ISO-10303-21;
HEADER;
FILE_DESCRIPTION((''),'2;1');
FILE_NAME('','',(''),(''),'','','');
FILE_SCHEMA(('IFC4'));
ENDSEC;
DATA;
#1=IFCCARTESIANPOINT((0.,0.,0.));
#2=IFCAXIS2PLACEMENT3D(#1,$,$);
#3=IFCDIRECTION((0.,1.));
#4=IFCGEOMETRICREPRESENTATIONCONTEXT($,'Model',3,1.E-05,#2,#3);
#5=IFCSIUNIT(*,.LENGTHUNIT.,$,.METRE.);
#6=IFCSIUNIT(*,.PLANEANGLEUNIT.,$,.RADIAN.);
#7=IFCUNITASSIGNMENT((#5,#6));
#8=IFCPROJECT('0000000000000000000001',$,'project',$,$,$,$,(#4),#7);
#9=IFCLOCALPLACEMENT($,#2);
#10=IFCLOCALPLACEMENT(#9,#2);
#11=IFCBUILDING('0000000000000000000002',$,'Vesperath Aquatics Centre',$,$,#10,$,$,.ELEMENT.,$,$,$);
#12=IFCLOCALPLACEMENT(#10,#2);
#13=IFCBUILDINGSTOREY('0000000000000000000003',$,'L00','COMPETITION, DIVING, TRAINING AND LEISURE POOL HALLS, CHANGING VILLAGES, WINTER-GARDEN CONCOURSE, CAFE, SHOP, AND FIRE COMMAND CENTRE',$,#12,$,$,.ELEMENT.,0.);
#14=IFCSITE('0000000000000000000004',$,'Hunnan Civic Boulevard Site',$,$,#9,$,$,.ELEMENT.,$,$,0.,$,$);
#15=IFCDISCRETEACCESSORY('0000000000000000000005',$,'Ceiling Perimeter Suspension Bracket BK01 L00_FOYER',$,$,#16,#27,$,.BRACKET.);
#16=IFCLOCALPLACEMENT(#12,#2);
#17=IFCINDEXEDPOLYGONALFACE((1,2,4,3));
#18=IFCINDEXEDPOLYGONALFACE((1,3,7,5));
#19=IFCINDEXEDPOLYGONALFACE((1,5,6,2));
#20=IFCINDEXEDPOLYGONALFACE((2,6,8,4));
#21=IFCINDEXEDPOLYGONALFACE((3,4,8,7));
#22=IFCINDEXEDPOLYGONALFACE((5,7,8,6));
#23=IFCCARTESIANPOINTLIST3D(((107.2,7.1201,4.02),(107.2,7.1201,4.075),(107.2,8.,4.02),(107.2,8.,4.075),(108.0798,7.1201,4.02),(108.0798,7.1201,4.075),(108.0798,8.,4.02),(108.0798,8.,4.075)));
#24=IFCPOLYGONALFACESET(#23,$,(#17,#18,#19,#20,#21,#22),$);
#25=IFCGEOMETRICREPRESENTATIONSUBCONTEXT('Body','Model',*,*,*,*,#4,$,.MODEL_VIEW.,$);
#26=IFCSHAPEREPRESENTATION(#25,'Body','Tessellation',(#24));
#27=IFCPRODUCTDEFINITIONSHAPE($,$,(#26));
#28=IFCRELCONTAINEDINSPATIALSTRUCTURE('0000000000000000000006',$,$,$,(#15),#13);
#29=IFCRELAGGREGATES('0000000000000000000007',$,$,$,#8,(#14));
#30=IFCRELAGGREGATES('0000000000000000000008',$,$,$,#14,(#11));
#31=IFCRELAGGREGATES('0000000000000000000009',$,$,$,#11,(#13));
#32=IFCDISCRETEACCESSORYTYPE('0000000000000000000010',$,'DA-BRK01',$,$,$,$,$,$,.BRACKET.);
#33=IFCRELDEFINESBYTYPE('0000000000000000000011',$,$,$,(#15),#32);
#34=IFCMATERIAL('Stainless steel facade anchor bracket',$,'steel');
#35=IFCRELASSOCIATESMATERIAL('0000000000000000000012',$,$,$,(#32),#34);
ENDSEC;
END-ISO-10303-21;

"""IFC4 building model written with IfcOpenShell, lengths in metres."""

from ifc_helpers import new_model, si_unit, direction, frame, origin, origin_2d, place, context, subcontext, project, spatial, rectangle, extrude, material, type_object, element, save


model = new_model("IFC4")

# Units and contexts
model_context = context("Model", 3, precision=1e-05, world=origin(), true_north=direction((0.0, 1.0)))
body_context = subcontext(model_context, "Body", "Model", "MODEL_VIEW")
ifc_project = project(units=[si_unit("LENGTHUNIT", "METRE"), si_unit("PLANEANGLEUNIT", "RADIAN")], contexts=[model_context])

# Site, building, storey
site_placement = place(None, origin())
site = spatial("IfcSite", under=ifc_project, at=site_placement, Name="Hunnan Civic Boulevard Site", CompositionType="ELEMENT", RefElevation=0.0)
building_placement = place(site_placement, origin())
building = spatial("IfcBuilding", under=site, at=building_placement, Name="Vesperath Aquatics Centre", CompositionType="ELEMENT")
storey_placement = place(building_placement, origin())
storey = spatial("IfcBuildingStorey", under=building, at=storey_placement, Name="L00", Description="COMPETITION, DIVING, TRAINING AND LEISURE POOL HALLS, CHANGING VILLAGES, WINTER-GARDEN CONCOURSE, CAFE, SHOP, AND FIRE COMMAND CENTRE", CompositionType="ELEMENT", Elevation=0.0)

# Discrete accessory
ifc_material_1 = material(Name="Stainless steel facade anchor bracket", Category="steel")
discrete_accessory_type = type_object("IfcDiscreteAccessoryType", Name="DA-BRK01", PredefinedType="BRACKET", material=ifc_material_1)
discrete_accessory_placement = place(storey_placement, frame((107.6399, 7.5601, 4.02), z_axis=(0.0, 0.0, 1.0), x_axis=(1.0, 0.0, 0.0)))
element("IfcDiscreteAccessory", 1, at=discrete_accessory_placement, inside=storey, type_object=discrete_accessory_type, Name="Ceiling Perimeter Suspension Bracket BK01 L00_FOYER", PredefinedType="BRACKET", context=body_context, shape_type="SweptSolid", body=[
    extrude(rectangle(XDim=0.8799, YDim=0.8799, at=origin_2d()), origin(), (0.0, 0.0, 1.0), 0.0549),
])

save(model, "model.ifc")
